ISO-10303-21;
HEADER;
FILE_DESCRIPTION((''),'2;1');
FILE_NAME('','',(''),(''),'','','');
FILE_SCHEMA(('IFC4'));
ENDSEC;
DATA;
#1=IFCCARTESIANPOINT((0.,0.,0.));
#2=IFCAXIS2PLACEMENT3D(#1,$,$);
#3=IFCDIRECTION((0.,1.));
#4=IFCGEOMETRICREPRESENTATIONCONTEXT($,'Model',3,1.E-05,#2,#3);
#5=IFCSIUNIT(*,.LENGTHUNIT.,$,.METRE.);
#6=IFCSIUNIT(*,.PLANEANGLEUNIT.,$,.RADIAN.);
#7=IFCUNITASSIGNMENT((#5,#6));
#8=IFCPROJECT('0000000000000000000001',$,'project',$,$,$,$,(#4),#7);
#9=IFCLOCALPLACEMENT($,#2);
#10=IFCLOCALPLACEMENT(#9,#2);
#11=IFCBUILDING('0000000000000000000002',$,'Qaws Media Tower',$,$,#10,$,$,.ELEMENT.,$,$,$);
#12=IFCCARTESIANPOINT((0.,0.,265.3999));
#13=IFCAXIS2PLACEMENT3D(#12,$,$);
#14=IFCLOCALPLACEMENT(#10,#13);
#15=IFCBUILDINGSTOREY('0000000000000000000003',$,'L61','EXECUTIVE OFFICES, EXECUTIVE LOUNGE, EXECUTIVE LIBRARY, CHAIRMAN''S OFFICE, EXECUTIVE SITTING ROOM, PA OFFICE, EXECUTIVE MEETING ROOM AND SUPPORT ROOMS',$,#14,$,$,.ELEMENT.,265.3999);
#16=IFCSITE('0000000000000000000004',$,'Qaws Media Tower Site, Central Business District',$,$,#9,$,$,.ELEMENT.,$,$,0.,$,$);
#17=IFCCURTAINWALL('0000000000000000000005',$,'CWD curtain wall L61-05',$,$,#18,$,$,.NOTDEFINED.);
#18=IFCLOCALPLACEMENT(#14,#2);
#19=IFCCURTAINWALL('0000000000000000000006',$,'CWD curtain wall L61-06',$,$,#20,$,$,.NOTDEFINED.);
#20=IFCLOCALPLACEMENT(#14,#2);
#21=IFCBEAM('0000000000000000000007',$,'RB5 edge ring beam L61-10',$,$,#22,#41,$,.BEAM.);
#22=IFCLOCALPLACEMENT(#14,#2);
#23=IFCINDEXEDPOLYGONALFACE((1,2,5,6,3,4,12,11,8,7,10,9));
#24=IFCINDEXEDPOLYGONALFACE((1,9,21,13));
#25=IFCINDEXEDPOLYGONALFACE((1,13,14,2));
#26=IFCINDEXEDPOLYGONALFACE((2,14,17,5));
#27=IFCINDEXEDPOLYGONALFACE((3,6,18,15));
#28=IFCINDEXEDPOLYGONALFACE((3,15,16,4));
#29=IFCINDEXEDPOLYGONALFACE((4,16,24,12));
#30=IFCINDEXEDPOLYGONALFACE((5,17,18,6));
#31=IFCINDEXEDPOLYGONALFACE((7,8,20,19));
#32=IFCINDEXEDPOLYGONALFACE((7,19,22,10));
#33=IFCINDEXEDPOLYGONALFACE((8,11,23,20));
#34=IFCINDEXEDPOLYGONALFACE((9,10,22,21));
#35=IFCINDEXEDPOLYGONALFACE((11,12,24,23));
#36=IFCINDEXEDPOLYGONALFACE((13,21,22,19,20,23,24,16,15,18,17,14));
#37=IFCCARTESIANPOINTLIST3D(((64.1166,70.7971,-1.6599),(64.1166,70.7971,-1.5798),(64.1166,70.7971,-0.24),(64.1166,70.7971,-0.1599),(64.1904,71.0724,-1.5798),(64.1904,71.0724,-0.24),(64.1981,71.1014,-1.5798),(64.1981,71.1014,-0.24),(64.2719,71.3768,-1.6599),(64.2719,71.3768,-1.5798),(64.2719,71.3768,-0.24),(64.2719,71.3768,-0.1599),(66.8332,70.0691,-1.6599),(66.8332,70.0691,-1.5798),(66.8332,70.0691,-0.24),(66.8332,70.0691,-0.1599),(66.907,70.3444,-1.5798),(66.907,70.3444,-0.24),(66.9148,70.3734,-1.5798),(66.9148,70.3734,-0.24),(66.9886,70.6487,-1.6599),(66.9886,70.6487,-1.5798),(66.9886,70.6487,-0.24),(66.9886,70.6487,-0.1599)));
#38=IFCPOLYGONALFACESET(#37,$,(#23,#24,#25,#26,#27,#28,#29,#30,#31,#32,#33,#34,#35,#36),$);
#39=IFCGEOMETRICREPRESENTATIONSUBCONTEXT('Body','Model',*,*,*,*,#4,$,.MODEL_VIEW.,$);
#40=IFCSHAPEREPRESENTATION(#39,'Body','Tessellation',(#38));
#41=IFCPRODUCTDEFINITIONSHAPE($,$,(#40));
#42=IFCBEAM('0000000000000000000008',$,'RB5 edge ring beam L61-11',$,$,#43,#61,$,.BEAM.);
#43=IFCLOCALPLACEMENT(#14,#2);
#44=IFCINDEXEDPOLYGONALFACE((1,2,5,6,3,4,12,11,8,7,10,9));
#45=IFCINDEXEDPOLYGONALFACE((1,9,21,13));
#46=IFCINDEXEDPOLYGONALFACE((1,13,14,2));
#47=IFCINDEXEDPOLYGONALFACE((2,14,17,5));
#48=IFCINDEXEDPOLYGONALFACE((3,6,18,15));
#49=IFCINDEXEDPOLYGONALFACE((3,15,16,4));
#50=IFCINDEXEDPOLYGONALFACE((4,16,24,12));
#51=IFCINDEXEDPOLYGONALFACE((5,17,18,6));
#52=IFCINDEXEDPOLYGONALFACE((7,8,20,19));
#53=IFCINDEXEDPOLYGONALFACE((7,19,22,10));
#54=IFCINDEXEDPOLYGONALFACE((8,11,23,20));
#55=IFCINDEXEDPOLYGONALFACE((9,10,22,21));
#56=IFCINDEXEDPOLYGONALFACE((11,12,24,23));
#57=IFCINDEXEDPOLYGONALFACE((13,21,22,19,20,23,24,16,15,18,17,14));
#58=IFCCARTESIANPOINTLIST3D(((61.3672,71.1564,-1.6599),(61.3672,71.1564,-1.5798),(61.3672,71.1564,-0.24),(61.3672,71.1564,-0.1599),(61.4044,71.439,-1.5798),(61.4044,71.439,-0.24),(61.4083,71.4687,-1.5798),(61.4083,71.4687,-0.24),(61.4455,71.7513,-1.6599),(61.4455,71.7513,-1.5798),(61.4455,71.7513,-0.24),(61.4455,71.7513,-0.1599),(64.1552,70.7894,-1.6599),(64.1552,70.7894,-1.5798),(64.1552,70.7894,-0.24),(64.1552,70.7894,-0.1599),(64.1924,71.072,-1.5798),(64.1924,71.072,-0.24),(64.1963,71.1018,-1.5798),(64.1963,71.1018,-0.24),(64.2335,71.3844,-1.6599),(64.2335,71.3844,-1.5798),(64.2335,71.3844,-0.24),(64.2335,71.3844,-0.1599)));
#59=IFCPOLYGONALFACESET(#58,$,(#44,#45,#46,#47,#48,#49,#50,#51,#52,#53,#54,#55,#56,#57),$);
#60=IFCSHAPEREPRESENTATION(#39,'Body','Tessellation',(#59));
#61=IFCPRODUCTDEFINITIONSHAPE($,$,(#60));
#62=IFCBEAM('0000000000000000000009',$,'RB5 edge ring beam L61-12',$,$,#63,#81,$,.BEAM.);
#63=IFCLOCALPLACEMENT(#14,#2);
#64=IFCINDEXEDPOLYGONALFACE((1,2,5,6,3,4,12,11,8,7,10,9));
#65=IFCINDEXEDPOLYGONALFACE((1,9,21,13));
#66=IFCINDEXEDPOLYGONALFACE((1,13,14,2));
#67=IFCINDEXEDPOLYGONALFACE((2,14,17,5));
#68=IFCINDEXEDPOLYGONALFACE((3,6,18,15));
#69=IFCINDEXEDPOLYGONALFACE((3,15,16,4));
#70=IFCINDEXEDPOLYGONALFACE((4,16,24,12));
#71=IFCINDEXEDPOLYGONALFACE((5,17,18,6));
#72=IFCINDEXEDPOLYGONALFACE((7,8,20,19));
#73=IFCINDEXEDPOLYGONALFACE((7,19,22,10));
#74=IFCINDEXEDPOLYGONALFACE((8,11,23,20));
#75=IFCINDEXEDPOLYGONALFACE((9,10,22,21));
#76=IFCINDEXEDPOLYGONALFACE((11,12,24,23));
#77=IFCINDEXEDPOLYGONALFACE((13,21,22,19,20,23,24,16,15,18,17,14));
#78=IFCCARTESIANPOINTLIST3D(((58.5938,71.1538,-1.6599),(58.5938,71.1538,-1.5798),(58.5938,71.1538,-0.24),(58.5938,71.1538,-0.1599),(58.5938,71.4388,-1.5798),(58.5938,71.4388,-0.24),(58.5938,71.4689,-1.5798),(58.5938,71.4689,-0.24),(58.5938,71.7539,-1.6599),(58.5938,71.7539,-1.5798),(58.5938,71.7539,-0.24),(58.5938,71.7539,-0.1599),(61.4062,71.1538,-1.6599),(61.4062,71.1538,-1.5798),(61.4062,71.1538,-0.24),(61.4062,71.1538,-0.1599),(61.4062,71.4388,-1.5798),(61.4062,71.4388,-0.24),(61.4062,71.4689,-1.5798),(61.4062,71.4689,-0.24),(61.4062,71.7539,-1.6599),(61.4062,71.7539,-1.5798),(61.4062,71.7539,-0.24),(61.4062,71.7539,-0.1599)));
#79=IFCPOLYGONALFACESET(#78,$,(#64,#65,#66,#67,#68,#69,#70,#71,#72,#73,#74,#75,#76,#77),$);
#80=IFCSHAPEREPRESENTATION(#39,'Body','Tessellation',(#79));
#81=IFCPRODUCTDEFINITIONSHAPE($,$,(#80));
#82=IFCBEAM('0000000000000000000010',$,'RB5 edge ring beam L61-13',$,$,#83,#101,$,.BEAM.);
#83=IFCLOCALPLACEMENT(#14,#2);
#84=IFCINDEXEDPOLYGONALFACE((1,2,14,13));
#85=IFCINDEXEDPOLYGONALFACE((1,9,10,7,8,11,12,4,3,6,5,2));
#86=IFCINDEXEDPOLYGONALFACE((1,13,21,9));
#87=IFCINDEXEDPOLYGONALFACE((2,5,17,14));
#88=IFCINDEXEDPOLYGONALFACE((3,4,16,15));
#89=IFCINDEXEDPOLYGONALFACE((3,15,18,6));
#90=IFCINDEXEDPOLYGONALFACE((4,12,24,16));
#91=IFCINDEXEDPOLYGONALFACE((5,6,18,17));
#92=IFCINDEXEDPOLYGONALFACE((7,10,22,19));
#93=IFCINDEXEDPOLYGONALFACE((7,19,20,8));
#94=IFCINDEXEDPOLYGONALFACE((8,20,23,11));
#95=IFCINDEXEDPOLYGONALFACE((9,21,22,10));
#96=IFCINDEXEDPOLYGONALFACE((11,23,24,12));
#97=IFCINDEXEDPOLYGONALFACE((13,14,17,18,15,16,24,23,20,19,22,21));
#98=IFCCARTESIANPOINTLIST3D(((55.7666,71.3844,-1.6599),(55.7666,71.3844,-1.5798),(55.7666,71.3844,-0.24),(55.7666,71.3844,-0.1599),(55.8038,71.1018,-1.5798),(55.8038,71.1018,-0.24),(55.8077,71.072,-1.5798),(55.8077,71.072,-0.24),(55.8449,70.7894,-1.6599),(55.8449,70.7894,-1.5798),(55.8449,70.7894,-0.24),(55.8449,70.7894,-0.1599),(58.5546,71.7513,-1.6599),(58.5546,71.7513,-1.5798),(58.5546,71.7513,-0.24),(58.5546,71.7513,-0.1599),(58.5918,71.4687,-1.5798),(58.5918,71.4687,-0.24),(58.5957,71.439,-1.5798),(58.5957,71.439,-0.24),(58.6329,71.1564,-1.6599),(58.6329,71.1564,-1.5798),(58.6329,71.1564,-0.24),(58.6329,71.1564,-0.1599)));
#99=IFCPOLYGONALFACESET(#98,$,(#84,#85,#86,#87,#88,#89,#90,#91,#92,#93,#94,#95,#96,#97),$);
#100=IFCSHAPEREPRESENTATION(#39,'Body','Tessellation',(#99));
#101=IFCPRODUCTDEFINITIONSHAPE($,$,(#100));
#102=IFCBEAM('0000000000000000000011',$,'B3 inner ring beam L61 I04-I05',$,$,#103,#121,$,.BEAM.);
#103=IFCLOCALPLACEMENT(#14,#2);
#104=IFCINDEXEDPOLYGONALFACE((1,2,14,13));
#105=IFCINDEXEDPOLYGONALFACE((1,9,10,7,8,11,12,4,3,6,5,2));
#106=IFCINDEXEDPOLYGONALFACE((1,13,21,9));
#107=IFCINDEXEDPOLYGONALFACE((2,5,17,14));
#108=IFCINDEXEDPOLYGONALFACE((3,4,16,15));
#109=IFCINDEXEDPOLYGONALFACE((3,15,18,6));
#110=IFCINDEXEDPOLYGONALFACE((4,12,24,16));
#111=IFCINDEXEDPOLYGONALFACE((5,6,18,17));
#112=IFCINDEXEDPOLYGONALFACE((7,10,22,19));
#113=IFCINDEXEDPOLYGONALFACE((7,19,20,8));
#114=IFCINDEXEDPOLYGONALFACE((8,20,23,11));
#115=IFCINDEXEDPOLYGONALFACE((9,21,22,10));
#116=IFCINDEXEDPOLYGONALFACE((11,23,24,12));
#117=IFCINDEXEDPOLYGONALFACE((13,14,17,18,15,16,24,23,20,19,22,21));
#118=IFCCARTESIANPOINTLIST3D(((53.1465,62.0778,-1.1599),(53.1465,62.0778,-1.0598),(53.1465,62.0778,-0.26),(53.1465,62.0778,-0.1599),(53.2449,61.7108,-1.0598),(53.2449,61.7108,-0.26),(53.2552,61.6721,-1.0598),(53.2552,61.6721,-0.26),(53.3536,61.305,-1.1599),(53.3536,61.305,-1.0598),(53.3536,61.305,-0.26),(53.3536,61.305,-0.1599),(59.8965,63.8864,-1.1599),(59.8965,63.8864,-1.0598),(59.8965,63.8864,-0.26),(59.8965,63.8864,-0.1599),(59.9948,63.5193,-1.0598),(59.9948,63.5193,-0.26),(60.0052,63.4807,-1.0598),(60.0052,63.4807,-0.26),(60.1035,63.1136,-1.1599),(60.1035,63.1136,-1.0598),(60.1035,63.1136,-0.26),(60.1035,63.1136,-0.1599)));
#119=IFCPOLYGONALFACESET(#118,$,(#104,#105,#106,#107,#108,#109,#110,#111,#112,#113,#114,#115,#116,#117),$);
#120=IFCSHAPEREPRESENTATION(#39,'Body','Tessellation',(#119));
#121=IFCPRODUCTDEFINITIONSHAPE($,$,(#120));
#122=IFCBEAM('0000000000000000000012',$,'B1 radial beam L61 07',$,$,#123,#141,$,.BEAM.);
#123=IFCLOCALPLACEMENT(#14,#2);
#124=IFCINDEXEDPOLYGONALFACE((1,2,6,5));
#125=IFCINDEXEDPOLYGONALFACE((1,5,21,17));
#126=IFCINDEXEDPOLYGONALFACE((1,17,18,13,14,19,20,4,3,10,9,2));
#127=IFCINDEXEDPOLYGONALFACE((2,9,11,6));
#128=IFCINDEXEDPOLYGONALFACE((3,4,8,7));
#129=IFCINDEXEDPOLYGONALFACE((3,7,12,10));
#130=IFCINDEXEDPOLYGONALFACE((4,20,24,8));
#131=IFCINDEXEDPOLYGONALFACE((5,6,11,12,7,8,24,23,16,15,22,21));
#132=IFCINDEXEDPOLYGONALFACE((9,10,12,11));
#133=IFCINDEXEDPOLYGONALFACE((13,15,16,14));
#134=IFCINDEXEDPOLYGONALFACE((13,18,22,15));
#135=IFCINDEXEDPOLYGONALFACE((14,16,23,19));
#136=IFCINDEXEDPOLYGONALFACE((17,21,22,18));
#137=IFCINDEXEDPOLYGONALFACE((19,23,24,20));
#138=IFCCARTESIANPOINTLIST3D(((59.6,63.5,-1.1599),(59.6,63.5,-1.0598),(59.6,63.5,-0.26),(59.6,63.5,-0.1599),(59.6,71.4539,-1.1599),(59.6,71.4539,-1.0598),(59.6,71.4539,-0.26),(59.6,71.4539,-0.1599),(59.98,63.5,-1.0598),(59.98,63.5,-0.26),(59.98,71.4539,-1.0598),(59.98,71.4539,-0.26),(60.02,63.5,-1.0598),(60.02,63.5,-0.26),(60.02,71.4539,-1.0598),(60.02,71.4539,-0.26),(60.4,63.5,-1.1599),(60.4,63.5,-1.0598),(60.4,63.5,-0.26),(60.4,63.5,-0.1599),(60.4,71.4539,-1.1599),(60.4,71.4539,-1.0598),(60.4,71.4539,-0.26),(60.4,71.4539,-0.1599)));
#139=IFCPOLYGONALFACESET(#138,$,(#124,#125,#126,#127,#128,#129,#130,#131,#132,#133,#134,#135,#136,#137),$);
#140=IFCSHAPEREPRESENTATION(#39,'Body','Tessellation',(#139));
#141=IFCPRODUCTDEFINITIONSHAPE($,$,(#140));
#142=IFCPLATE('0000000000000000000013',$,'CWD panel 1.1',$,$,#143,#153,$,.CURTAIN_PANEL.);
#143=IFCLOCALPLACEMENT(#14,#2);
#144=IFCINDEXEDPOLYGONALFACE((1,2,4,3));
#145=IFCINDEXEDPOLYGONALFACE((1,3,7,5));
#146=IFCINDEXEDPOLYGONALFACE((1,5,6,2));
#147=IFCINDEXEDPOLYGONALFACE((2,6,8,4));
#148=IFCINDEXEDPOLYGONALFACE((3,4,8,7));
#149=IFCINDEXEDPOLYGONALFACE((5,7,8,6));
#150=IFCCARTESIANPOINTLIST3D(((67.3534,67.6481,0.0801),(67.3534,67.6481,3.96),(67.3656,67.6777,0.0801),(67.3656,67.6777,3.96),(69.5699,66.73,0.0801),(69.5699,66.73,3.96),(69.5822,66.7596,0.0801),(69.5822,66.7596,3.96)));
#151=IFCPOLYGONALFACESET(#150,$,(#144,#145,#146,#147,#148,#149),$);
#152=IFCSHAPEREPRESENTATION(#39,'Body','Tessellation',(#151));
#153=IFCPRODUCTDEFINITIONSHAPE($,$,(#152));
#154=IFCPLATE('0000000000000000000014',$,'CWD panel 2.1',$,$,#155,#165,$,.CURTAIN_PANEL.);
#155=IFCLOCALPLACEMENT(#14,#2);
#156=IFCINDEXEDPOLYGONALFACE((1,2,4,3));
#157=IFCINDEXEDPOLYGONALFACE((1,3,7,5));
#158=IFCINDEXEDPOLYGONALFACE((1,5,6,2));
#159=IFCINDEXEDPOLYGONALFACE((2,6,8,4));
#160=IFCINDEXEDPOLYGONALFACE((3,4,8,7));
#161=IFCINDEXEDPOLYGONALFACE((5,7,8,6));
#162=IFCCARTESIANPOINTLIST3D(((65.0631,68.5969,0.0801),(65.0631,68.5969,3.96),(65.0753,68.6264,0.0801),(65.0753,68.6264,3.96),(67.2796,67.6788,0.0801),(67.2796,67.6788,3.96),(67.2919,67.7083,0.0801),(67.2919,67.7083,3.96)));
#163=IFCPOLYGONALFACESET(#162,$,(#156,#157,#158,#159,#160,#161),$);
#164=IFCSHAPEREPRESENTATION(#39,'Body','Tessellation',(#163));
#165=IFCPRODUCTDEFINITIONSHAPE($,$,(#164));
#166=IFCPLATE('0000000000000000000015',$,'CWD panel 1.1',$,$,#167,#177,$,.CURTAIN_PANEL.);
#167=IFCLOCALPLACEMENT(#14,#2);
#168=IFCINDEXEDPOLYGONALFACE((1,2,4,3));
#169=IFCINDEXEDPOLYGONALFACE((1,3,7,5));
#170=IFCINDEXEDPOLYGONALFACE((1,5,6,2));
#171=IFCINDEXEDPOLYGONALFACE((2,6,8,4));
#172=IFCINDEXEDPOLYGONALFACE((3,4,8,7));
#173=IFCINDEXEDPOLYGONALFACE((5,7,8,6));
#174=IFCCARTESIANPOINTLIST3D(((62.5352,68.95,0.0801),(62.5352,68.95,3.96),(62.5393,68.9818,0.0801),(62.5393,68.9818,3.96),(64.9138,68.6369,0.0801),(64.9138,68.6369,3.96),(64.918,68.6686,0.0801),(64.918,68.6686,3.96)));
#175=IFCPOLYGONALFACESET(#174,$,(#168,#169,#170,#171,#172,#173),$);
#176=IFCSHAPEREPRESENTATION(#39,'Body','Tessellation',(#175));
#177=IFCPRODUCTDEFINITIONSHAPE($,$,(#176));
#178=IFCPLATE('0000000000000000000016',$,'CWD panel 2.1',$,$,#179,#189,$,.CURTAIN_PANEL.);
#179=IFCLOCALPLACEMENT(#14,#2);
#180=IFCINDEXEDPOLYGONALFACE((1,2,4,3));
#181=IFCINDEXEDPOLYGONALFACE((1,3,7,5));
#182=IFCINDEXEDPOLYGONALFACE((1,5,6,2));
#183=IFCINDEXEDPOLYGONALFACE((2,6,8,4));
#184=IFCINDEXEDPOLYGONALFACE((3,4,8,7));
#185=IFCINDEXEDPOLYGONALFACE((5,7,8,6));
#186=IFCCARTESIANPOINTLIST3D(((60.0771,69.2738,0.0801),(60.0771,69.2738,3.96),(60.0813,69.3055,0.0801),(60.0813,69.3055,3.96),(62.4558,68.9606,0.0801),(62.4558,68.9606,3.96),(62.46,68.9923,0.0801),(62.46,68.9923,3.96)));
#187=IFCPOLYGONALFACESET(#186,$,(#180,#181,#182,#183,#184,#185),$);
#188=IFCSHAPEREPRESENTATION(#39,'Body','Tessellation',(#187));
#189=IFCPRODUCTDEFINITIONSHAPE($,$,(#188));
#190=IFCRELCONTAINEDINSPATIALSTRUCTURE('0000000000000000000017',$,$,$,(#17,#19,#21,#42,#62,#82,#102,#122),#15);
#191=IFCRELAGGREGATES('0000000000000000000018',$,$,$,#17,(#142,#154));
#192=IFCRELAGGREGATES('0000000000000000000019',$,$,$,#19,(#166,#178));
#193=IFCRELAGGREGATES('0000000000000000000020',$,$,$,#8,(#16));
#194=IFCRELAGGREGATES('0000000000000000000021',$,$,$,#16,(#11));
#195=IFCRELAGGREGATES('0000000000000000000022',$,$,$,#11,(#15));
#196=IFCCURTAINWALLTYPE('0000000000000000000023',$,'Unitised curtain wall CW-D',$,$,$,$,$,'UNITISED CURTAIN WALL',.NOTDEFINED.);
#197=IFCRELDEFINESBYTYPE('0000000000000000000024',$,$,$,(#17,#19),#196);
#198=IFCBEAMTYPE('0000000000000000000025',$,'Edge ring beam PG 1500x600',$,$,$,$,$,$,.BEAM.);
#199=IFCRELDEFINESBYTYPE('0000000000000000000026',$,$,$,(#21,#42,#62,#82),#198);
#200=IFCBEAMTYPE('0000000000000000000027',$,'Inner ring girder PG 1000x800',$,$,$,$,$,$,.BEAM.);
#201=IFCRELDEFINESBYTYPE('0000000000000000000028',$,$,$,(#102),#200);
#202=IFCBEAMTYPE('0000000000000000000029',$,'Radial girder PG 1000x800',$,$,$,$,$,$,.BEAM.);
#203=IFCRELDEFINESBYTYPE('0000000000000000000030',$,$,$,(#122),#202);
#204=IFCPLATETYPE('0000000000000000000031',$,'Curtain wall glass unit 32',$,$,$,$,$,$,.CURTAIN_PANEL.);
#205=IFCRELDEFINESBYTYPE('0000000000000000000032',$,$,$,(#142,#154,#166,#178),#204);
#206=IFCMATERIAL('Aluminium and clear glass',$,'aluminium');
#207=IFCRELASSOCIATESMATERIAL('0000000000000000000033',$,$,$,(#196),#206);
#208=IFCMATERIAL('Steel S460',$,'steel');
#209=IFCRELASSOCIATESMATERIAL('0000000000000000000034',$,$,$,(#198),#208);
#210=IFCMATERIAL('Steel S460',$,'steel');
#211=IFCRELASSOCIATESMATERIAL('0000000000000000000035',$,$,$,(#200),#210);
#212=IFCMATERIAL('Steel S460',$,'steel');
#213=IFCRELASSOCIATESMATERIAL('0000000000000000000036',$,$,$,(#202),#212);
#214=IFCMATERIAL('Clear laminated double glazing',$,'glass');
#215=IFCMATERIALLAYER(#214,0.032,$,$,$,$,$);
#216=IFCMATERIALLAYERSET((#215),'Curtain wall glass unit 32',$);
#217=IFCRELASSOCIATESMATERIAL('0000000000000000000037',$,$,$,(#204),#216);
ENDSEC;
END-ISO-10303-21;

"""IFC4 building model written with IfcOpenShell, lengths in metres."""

from ifc_helpers import new_model, si_unit, direction, frame, origin, origin_2d, place, context, subcontext, project, spatial, rectangle, i_section, extrude, material, layer, layer_set, material_profile, profile_set, type_object, element, aggregate, save


model = new_model("IFC4")

# Units and contexts
model_context = context("Model", 3, precision=1e-05, world=origin(), true_north=direction((0.0, 1.0)))
body_context = subcontext(model_context, "Body", "Model", "MODEL_VIEW")
ifc_project = project(units=[si_unit("LENGTHUNIT", "METRE"), si_unit("PLANEANGLEUNIT", "RADIAN")], contexts=[model_context])

# Site, building, storey
site_placement = place(None, origin())
site = spatial("IfcSite", under=ifc_project, at=site_placement, Name="Qaws Media Tower Site, Central Business District", CompositionType="ELEMENT", RefElevation=0.0)
building_placement = place(site_placement, origin())
building = spatial("IfcBuilding", under=site, at=building_placement, Name="Qaws Media Tower", CompositionType="ELEMENT")
storey_placement = place(building_placement, frame((0.0, 0.0, 265.3999)))
storey = spatial("IfcBuildingStorey", under=building, at=storey_placement, Name="L61", Description="EXECUTIVE OFFICES, EXECUTIVE LOUNGE, EXECUTIVE LIBRARY, CHAIRMAN'S OFFICE, EXECUTIVE SITTING ROOM, PA OFFICE, EXECUTIVE MEETING ROOM AND SUPPORT ROOMS", CompositionType="ELEMENT", Elevation=265.3999)

# Curtain walls
ifc_material_1 = material(Name="Aluminium and clear glass", Category="aluminium")
curtain_wall_type = type_object("IfcCurtainWallType", Name="Unitised curtain wall CW-D", ElementType="UNITISED CURTAIN WALL", PredefinedType="NOTDEFINED", material=ifc_material_1)
curtain_wall_1_placement = place(storey_placement, origin())
curtain_wall_1 = element("IfcCurtainWall", 1, at=curtain_wall_1_placement, inside=storey, type_object=curtain_wall_type, Name="CWD curtain wall L61-05", PredefinedType="NOTDEFINED")
curtain_wall_2_placement = place(storey_placement, origin())
curtain_wall_2 = element("IfcCurtainWall", 2, at=curtain_wall_2_placement, inside=storey, type_object=curtain_wall_type, Name="CWD curtain wall L61-06", PredefinedType="NOTDEFINED")

# Beams
ifc_material_2 = material(Name="Steel S460", Category="steel")
ifc_material_profile_1 = material_profile(ifc_material_2, i_section(OverallWidth=0.6001, OverallDepth=1.5, WebThickness=0.03, FlangeThickness=0.0801, at=origin_2d()), Name="PG 1500x600")
ifc_profile_set_1 = profile_set([ifc_material_profile_1], Name="Steel S460")
beam_type_1 = type_object("IfcBeamType", Name="Edge ring beam PG 1500x600", PredefinedType="BEAM", material=ifc_profile_set_1)
for number, where, z_axis, x_axis, name in (
    (3, (66.9109, 70.3589, -0.9099), (-0.965914, 0.258862, 0.0), (-0.258862, -0.965914, 0.0), "RB5 edge ring beam L61-10"),
):
    element("IfcBeam", number, at=place(storey_placement, frame(where, z_axis=z_axis, x_axis=x_axis)), inside=storey, type_object=beam_type_1, Name=name, PredefinedType="BEAM", context=body_context, shape_type="SweptSolid", body=[
        extrude(i_section(OverallWidth=0.6001, OverallDepth=1.5, WebThickness=0.03, FlangeThickness=0.0801, at=origin_2d()), origin(), (0.0, 0.0, 1.0), 2.8125),
    ])
beam_1_placement = place(storey_placement, frame((64.1943, 71.0869, -0.9099), z_axis=(-0.99145, 0.130486, 0.0), x_axis=(-0.130486, -0.99145, 0.0)))
element("IfcBeam", 4, at=beam_1_placement, inside=storey, type_object=beam_type_1, Name="RB5 edge ring beam L61-11", PredefinedType="BEAM", context=body_context, shape_type="SweptSolid", body=[
    extrude(i_section(OverallWidth=0.6001, OverallDepth=1.5, WebThickness=0.03, FlangeThickness=0.0801, at=origin_2d()), origin(), (0.0, 0.0, 1.0), 2.812),
])
beam_2_placement = place(storey_placement, frame((61.4062, 71.4539, -0.9099), z_axis=(-1.0, 0.0, 0.0), x_axis=(0.0, -1.0, 0.0)))
element("IfcBeam", 5, at=beam_2_placement, inside=storey, type_object=beam_type_1, Name="RB5 edge ring beam L61-12", PredefinedType="BEAM", context=body_context, shape_type="SweptSolid", body=[
    extrude(i_section(OverallWidth=0.6001, OverallDepth=1.5, WebThickness=0.03, FlangeThickness=0.0801, at=origin_2d()), origin(), (0.0, 0.0, 1.0), 2.8125),
])
beam_3_placement = place(storey_placement, frame((58.5938, 71.4539, -0.9099), z_axis=(-0.99145, -0.130486, 0.0), x_axis=(0.130486, -0.99145, 0.0)))
element("IfcBeam", 6, at=beam_3_placement, inside=storey, type_object=beam_type_1, Name="RB5 edge ring beam L61-13", PredefinedType="BEAM", context=body_context, shape_type="SweptSolid", body=[
    extrude(i_section(OverallWidth=0.6001, OverallDepth=1.5, WebThickness=0.03, FlangeThickness=0.0801, at=origin_2d()), origin(), (0.0, 0.0, 1.0), 2.812),
])
ifc_material_3 = material(Name="Steel S460", Category="steel")
ifc_material_profile_2 = material_profile(ifc_material_3, i_section(OverallWidth=0.8, OverallDepth=1.0, WebThickness=0.04, FlangeThickness=0.1001, at=origin_2d()), Name="PG 1000x800")
ifc_profile_set_2 = profile_set([ifc_material_profile_2], Name="Steel S460")
beam_type_2 = type_object("IfcBeamType", Name="Inner ring girder PG 1000x800", PredefinedType="BEAM", material=ifc_profile_set_2)
beam_4_placement = place(storey_placement, frame((60.0, 63.5, -0.6599), z_axis=(-0.965928, -0.258811, 0.0), x_axis=(0.258811, -0.965928, 0.0)))
element("IfcBeam", 7, at=beam_4_placement, inside=storey, type_object=beam_type_2, Name="B3 inner ring beam L61 I04-I05", PredefinedType="BEAM", context=body_context, shape_type="SweptSolid", body=[
    extrude(i_section(OverallWidth=0.8, OverallDepth=1.0, WebThickness=0.04, FlangeThickness=0.1001, at=origin_2d()), origin(), (0.0, 0.0, 1.0), 6.988),
])
ifc_material_4 = material(Name="Steel S460", Category="steel")
ifc_material_profile_3 = material_profile(ifc_material_4, i_section(OverallWidth=0.8, OverallDepth=1.0, WebThickness=0.04, FlangeThickness=0.1001, at=origin_2d()), Name="PG 1000x800")
ifc_profile_set_3 = profile_set([ifc_material_profile_3], Name="Steel S460")
beam_type_3 = type_object("IfcBeamType", Name="Radial girder PG 1000x800", PredefinedType="BEAM", material=ifc_profile_set_3)
beam_5_placement = place(storey_placement, frame((60.0, 63.5, -0.6599), z_axis=(0.0, 1.0, 0.0), x_axis=(-1.0, 0.0, 0.0)))
element("IfcBeam", 8, at=beam_5_placement, inside=storey, type_object=beam_type_3, Name="B1 radial beam L61 07", PredefinedType="BEAM", context=body_context, shape_type="SweptSolid", body=[
    extrude(i_section(OverallWidth=0.8, OverallDepth=1.0, WebThickness=0.04, FlangeThickness=0.1001, at=origin_2d()), origin(), (0.0, 0.0, 1.0), 7.9539),
])

# Plates
ifc_material_5 = material(Name="Clear laminated double glazing", Category="glass")
ifc_layer_1 = layer(ifc_material_5, 0.032)
ifc_layer_set_1 = layer_set([ifc_layer_1], Name="Curtain wall glass unit 32")
plate_type_1 = type_object("IfcPlateType", Name="Curtain wall glass unit 32", PredefinedType="CURTAIN_PANEL", material=ifc_layer_set_1)
plate_1_placement = place(storey_placement, frame((68.4678, 67.2039, 0.0801), z_axis=(0.0, 0.0, 1.0), x_axis=(-0.92388, 0.382683, 0.0)))
plate_1 = element("IfcPlate", 9, at=plate_1_placement, type_object=plate_type_1, Name="CWD panel 1.1", PredefinedType="CURTAIN_PANEL", context=body_context, shape_type="SweptSolid", body=[
    extrude(rectangle(XDim=2.3992, YDim=0.032, at=origin_2d()), origin(), (0.0, 0.0, 1.0), 3.8799),
])
plate_2_placement = place(storey_placement, frame((66.1775, 68.1526, 0.0801), z_axis=(0.0, 0.0, 1.0), x_axis=(-0.92388, 0.382683, 0.0)))
plate_2 = element("IfcPlate", 10, at=plate_2_placement, type_object=plate_type_1, Name="CWD panel 2.1", PredefinedType="CURTAIN_PANEL", context=body_context, shape_type="SweptSolid", body=[
    extrude(rectangle(XDim=2.3992, YDim=0.032, at=origin_2d()), origin(), (0.0, 0.0, 1.0), 3.8799),
])
aggregate(curtain_wall_1, [plate_1, plate_2])
plate_3_placement = place(storey_placement, frame((63.7266, 68.8093, 0.0801), z_axis=(0.0, 0.0, 1.0), x_axis=(-0.991445, 0.130526, 0.0)))
plate_3 = element("IfcPlate", 11, at=plate_3_placement, type_object=plate_type_1, Name="CWD panel 1.1", PredefinedType="CURTAIN_PANEL", context=body_context, shape_type="SweptSolid", body=[
    extrude(rectangle(XDim=2.3992, YDim=0.032, at=origin_2d()), origin(), (0.0, 0.0, 1.0), 3.8799),
])
plate_4_placement = place(storey_placement, frame((61.2686, 69.1331, 0.0801), z_axis=(0.0, 0.0, 1.0), x_axis=(-0.991445, 0.130526, 0.0)))
plate_4 = element("IfcPlate", 12, at=plate_4_placement, type_object=plate_type_1, Name="CWD panel 2.1", PredefinedType="CURTAIN_PANEL", context=body_context, shape_type="SweptSolid", body=[
    extrude(rectangle(XDim=2.3992, YDim=0.032, at=origin_2d()), origin(), (0.0, 0.0, 1.0), 3.8799),
])
aggregate(curtain_wall_2, [plate_3, plate_4])

save(model, "model.ifc")
